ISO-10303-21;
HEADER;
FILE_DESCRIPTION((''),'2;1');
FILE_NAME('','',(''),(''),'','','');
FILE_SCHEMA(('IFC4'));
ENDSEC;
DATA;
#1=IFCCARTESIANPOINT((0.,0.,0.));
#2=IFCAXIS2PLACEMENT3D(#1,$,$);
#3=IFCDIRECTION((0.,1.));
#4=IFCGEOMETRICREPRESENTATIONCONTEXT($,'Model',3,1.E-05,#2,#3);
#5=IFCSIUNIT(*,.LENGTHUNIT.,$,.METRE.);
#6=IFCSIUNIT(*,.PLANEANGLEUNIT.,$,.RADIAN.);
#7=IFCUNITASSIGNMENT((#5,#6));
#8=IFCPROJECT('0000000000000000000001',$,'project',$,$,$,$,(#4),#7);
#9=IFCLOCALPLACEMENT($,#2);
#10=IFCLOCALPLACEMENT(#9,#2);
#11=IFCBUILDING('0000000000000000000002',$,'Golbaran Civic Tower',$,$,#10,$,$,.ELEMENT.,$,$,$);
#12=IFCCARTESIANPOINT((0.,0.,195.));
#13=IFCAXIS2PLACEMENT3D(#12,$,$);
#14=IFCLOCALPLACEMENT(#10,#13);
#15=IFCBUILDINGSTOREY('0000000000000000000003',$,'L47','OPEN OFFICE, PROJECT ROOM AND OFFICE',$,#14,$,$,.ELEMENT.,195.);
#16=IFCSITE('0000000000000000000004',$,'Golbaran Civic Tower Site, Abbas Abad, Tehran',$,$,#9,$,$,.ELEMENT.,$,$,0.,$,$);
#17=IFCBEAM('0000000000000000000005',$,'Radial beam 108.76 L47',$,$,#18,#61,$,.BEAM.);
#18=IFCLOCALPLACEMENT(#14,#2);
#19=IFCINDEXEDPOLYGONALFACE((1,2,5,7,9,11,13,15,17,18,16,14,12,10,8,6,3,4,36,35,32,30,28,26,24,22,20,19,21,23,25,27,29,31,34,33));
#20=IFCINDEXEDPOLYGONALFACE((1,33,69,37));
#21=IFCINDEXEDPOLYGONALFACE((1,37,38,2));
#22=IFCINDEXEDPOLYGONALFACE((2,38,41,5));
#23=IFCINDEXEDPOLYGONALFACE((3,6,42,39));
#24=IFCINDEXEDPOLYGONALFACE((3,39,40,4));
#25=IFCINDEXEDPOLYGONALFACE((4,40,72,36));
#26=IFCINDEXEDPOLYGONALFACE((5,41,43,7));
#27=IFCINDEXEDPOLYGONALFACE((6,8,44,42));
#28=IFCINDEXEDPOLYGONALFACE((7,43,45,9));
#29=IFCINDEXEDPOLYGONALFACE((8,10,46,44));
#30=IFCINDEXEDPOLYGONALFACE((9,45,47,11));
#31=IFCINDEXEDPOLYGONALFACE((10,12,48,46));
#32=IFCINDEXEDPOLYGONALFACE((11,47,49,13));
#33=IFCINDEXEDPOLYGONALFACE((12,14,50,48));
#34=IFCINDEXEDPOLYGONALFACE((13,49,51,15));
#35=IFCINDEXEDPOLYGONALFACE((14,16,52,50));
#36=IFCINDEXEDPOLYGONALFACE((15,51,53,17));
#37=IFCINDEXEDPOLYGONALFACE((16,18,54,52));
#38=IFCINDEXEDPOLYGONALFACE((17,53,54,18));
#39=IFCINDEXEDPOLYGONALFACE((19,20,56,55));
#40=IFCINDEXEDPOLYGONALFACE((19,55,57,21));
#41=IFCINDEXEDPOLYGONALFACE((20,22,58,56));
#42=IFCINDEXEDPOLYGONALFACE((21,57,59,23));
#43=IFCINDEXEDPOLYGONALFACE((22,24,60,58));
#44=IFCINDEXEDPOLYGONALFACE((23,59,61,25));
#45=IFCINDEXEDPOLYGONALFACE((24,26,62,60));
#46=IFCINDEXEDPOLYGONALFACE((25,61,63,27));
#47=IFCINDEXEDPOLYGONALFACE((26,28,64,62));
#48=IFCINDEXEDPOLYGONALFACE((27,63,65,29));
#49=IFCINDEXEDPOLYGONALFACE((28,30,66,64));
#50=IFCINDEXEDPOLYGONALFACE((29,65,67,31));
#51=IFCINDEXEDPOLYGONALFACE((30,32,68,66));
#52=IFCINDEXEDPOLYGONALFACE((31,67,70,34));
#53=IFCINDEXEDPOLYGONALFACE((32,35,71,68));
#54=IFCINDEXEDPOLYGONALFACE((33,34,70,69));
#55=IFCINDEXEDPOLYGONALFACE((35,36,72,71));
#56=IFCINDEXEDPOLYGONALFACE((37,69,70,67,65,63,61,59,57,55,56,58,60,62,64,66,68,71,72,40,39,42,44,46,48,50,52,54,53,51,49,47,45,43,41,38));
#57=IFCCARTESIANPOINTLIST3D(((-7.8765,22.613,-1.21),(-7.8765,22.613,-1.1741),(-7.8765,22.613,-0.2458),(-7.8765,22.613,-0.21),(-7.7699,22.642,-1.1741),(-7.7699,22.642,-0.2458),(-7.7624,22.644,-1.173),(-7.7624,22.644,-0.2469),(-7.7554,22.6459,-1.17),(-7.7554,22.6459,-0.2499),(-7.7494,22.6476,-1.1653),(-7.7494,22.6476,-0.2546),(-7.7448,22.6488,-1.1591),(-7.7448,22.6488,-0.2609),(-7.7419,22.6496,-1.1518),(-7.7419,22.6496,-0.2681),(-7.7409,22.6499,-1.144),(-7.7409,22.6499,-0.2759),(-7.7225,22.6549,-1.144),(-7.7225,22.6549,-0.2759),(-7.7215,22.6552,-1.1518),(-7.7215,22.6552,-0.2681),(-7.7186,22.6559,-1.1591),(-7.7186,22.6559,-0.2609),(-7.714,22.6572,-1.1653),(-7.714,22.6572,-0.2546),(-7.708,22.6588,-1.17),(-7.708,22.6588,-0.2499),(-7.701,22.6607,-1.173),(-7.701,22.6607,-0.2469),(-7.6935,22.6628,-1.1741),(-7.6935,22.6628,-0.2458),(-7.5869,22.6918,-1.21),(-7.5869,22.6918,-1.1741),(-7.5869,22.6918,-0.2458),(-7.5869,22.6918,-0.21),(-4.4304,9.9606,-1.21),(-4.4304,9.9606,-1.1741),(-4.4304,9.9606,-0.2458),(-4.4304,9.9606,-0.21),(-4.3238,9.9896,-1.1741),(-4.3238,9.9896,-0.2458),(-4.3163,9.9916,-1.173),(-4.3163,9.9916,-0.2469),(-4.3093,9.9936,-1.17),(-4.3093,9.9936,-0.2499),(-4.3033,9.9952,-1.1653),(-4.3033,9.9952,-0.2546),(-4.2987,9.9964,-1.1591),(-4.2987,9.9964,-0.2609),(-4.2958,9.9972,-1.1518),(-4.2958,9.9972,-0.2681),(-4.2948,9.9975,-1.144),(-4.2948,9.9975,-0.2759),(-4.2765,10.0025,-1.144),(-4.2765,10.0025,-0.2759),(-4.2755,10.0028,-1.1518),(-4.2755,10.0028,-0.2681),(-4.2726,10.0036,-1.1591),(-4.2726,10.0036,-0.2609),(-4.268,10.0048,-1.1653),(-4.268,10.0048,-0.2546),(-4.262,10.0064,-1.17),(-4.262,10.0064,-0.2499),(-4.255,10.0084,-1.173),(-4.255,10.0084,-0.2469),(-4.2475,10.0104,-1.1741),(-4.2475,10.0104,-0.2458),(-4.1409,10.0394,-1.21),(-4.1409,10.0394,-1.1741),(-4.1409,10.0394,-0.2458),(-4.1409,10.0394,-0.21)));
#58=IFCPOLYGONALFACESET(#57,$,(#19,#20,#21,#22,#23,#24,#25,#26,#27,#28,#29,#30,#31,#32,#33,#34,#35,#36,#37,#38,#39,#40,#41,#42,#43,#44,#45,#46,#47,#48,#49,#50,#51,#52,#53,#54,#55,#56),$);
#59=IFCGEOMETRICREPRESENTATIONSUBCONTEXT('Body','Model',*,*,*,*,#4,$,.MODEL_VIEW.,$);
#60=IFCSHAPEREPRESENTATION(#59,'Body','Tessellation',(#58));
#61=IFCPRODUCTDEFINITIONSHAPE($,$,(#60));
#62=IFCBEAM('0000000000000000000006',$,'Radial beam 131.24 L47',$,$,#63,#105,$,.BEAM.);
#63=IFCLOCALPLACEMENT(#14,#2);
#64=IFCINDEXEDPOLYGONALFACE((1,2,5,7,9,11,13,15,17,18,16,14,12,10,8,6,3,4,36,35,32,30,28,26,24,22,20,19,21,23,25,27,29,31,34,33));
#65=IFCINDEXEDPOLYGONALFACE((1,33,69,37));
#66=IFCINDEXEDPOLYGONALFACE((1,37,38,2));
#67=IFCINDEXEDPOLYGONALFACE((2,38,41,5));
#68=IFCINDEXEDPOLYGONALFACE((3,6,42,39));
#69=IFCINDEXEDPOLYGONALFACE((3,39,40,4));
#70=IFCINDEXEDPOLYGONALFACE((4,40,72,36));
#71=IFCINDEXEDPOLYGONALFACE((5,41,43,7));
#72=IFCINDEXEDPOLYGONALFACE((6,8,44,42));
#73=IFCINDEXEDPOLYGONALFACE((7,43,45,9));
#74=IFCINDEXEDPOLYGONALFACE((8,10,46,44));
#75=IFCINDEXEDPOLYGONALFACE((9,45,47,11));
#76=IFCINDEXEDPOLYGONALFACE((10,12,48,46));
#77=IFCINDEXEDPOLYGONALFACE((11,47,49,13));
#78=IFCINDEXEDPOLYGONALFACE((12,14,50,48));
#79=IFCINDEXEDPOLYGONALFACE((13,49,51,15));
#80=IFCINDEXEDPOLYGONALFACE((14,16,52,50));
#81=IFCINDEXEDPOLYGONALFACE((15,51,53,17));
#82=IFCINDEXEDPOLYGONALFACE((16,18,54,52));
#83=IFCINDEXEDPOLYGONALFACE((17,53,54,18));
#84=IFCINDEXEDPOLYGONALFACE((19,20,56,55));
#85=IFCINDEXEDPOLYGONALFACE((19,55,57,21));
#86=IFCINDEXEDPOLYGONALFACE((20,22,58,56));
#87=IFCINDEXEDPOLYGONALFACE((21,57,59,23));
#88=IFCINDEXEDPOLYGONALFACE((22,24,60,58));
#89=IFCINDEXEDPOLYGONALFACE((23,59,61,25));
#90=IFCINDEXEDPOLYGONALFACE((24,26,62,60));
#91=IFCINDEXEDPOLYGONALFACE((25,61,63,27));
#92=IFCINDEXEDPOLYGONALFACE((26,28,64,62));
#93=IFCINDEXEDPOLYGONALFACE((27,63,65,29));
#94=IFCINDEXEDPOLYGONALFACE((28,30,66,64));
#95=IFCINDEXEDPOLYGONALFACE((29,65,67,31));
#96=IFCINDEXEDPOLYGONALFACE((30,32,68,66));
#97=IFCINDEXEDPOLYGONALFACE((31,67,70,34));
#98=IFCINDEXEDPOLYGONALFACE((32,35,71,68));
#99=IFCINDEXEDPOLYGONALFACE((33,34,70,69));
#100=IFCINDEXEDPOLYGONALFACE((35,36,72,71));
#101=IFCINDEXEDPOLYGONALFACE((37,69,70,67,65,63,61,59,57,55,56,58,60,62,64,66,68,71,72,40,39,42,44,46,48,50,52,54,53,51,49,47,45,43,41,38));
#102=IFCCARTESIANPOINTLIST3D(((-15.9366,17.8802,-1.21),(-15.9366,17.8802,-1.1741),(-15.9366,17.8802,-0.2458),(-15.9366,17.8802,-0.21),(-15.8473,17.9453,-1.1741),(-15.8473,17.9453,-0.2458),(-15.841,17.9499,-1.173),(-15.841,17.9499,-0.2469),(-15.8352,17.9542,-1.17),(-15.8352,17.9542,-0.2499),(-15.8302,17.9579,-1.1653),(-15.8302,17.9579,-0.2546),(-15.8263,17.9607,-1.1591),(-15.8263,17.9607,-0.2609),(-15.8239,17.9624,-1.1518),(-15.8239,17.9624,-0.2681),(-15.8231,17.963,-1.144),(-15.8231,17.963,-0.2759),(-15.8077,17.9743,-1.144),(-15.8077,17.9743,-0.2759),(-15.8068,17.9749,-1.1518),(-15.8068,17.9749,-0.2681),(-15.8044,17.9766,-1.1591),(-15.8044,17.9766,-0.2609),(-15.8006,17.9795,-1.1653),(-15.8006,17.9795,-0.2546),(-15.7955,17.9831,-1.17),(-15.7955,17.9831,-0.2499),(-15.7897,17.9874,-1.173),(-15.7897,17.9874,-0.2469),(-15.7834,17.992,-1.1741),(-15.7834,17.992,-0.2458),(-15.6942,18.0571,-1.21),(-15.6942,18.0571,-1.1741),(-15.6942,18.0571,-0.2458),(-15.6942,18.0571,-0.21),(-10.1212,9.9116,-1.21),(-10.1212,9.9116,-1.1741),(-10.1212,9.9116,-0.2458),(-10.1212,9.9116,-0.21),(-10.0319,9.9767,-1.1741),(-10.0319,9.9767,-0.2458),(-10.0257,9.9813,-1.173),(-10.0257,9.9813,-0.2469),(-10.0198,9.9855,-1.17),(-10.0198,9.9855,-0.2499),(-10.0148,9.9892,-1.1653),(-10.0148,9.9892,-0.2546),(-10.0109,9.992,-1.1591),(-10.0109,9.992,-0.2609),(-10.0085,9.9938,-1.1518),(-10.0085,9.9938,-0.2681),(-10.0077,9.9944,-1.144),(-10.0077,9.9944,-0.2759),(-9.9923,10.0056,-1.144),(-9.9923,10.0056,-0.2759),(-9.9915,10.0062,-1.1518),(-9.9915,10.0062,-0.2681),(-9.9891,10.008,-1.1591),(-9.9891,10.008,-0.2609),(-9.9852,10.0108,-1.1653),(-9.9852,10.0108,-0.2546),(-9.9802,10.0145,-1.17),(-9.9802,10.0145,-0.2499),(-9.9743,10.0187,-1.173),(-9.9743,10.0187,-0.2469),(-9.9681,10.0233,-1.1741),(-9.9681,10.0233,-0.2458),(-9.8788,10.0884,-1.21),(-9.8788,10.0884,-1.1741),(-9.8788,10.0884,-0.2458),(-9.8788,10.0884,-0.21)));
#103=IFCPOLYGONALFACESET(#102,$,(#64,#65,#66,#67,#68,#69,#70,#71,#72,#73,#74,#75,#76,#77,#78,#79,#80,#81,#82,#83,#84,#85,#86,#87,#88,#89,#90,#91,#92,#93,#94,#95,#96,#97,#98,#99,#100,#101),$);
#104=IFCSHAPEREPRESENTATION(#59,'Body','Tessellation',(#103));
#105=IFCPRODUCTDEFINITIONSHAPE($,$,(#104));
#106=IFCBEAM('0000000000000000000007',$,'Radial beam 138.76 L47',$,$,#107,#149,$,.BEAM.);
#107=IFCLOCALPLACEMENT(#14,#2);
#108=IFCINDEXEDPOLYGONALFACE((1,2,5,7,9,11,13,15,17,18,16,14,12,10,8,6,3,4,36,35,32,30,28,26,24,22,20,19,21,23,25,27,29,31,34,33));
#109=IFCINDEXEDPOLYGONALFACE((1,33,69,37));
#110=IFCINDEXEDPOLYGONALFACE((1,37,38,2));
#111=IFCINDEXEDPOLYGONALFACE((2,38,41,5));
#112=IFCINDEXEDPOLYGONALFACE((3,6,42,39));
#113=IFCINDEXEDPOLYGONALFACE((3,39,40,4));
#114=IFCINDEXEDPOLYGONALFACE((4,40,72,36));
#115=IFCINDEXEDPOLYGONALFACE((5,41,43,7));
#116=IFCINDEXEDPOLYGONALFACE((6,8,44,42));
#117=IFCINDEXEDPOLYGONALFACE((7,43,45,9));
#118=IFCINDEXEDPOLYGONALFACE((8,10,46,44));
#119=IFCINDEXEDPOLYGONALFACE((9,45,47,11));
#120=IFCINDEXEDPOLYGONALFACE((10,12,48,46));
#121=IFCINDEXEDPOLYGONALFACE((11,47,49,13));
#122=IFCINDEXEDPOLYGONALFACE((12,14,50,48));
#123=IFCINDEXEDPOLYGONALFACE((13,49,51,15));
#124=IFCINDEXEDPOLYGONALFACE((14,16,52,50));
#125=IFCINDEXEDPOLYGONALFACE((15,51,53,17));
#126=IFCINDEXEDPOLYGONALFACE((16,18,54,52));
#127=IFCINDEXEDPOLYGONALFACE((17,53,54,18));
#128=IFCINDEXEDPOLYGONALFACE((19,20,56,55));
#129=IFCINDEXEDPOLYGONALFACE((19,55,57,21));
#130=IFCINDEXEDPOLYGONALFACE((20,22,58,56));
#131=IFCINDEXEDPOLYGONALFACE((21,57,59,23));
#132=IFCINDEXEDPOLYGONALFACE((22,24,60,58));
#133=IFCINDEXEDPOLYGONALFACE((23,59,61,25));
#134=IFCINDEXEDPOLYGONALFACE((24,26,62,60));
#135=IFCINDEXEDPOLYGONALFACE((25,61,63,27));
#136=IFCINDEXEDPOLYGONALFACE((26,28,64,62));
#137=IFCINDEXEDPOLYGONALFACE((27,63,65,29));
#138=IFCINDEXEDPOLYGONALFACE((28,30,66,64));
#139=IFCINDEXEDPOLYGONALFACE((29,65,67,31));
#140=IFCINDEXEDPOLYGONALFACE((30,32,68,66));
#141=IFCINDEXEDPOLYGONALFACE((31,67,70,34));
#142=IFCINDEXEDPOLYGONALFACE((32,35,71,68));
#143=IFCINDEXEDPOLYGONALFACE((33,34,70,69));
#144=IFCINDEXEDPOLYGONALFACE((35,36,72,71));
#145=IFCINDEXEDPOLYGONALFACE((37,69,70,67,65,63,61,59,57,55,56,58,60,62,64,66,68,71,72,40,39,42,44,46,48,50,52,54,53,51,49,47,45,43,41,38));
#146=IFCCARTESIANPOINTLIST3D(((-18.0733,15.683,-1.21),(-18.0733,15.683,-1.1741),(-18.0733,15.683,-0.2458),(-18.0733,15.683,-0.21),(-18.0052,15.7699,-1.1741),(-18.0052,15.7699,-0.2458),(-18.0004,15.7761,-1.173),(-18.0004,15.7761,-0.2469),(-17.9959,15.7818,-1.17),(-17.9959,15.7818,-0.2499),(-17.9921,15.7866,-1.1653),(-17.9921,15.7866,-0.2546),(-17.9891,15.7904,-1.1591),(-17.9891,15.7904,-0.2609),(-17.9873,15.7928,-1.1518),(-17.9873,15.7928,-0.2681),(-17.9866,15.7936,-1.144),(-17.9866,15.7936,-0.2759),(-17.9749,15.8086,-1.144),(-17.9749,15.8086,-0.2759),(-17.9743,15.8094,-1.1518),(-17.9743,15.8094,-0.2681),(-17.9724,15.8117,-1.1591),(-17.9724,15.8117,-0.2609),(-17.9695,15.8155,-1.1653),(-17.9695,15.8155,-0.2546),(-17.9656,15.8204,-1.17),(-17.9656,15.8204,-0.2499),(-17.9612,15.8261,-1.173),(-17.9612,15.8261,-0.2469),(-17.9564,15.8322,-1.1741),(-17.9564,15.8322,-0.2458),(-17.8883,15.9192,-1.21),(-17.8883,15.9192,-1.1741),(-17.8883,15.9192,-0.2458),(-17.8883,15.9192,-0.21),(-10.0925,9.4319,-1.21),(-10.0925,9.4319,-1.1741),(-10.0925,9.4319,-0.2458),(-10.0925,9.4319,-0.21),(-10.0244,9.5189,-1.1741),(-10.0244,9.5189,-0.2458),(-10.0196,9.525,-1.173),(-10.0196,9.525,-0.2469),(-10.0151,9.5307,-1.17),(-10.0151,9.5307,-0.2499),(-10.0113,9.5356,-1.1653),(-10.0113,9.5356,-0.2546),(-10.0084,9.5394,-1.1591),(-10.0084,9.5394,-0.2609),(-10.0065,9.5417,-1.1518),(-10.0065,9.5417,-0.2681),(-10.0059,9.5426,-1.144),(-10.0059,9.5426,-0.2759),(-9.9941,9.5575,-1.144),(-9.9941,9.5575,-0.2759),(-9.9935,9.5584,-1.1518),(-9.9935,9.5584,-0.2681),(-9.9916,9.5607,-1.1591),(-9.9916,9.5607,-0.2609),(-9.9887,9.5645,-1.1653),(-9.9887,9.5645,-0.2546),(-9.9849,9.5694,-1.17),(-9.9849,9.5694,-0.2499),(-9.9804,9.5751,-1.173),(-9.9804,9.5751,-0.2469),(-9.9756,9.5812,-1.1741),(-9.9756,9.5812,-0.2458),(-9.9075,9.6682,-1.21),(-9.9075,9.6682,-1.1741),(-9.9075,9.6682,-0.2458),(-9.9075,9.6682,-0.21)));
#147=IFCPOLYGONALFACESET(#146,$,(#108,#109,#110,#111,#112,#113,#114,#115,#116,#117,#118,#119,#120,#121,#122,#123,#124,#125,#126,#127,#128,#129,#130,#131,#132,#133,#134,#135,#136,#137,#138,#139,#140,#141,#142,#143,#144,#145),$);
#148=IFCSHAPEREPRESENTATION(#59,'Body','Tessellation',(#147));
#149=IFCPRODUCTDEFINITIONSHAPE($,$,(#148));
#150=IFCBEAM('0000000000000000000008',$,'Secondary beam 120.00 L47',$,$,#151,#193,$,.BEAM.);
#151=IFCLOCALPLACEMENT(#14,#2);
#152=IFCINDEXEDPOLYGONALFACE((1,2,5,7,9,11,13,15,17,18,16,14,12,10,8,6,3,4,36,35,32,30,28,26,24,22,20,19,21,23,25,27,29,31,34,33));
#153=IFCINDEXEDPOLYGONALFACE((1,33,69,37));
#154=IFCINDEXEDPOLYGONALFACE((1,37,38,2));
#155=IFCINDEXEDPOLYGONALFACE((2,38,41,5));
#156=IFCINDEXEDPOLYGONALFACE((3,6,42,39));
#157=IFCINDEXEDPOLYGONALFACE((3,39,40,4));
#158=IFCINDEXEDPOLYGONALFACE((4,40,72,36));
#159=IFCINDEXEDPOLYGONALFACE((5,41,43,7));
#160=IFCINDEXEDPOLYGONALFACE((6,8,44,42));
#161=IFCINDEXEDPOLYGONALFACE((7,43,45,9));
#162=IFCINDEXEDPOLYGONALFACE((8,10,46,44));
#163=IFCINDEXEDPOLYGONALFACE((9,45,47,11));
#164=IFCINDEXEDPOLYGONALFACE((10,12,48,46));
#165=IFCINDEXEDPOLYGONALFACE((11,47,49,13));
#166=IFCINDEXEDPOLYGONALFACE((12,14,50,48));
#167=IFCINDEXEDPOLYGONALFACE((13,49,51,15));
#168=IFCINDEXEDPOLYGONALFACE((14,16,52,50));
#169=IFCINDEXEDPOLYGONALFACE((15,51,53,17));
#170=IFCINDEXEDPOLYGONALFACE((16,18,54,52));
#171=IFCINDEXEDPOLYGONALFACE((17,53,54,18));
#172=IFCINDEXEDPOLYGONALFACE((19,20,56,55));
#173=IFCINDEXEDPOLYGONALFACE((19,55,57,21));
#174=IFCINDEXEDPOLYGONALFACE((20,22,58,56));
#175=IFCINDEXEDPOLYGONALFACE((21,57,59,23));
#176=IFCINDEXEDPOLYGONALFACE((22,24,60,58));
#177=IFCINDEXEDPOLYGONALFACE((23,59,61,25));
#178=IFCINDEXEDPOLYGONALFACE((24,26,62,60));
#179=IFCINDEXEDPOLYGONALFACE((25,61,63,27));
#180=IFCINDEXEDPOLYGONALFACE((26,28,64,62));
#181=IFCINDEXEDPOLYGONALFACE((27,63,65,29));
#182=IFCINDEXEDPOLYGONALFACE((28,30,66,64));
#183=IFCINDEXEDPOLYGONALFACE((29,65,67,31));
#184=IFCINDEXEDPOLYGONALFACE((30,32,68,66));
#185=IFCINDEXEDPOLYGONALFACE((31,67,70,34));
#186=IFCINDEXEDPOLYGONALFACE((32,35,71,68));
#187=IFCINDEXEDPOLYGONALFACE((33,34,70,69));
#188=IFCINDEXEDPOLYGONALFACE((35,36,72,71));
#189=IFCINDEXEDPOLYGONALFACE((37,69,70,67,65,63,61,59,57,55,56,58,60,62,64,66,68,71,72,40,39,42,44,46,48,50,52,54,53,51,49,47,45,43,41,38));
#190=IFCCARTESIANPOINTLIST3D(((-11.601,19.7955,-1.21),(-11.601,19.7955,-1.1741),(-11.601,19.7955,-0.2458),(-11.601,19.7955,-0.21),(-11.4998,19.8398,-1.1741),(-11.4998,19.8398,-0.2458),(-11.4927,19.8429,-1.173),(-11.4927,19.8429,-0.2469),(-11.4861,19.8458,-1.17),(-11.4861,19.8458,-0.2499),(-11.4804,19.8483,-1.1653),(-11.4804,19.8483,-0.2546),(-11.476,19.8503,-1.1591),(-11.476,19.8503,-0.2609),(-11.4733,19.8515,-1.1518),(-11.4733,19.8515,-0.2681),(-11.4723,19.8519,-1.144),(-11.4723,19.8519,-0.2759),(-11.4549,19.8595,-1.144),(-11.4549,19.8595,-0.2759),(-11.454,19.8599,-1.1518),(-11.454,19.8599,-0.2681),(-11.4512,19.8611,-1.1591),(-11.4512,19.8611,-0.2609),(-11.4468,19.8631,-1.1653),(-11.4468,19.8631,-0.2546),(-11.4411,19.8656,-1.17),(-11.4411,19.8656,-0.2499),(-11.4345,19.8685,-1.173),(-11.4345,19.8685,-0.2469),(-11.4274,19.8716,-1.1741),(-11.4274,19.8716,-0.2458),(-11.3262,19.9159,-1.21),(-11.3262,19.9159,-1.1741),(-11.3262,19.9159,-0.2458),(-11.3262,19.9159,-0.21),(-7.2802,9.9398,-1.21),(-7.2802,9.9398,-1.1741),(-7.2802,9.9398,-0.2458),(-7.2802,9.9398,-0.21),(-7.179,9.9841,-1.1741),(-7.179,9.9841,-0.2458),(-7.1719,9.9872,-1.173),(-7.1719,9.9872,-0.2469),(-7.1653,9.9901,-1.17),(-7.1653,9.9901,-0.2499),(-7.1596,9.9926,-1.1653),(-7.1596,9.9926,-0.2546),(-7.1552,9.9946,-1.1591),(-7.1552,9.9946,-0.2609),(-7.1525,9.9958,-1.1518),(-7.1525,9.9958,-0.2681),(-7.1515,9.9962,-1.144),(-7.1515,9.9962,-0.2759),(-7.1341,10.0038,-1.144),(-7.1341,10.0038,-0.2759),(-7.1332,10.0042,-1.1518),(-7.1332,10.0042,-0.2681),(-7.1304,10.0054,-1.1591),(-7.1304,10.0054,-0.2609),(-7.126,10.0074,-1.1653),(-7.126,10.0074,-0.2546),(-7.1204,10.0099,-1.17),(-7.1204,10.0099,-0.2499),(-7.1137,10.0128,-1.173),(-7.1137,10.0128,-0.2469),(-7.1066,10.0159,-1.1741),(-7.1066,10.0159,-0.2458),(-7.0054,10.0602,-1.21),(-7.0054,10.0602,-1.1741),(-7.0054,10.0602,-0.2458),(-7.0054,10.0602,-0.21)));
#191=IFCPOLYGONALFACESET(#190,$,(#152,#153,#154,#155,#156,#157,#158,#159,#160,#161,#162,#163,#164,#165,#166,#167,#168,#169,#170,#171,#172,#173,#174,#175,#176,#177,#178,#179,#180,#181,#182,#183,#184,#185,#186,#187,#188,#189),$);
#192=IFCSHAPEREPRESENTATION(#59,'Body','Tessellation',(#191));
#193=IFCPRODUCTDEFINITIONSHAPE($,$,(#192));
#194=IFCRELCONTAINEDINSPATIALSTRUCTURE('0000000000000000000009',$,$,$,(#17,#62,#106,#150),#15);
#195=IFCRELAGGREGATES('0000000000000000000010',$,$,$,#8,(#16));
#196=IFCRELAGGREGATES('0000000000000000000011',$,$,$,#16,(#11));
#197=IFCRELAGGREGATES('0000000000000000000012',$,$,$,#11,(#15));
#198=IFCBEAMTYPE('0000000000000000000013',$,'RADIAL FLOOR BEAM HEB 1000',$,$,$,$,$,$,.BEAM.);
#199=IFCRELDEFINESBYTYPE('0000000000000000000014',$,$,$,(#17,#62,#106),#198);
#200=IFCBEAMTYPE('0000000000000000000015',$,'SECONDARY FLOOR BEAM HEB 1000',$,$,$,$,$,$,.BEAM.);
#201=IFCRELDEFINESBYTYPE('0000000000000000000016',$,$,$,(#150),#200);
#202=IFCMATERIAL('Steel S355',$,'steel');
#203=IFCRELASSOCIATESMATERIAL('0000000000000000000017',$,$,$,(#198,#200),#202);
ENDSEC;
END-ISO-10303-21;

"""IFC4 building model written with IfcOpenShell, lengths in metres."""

from ifc_helpers import new_model, si_unit, direction, frame, origin, origin_2d, place, context, subcontext, project, spatial, i_section, extrude, material, material_profile, profile_set, type_object, element, save


model = new_model("IFC4")

# Units and contexts
model_context = context("Model", 3, precision=1e-05, world=origin(), true_north=direction((0.0, 1.0)))
body_context = subcontext(model_context, "Body", "Model", "MODEL_VIEW")
ifc_project = project(units=[si_unit("LENGTHUNIT", "METRE"), si_unit("PLANEANGLEUNIT", "RADIAN")], contexts=[model_context])

# Site, building, storey
site_placement = place(None, origin())
site = spatial("IfcSite", under=ifc_project, at=site_placement, Name="Golbaran Civic Tower Site, Abbas Abad, Tehran", CompositionType="ELEMENT", RefElevation=0.0)
building_placement = place(site_placement, origin())
building = spatial("IfcBuilding", under=site, at=building_placement, Name="Golbaran Civic Tower", CompositionType="ELEMENT")
storey_placement = place(building_placement, frame((0.0, 0.0, 195.0)))
storey = spatial("IfcBuildingStorey", under=building, at=storey_placement, Name="L47", Description="OPEN OFFICE, PROJECT ROOM AND OFFICE", CompositionType="ELEMENT", Elevation=195.0)

# Beams
ifc_material_1 = material(Name="Steel S355", Category="steel")
ifc_material_profile_1 = material_profile(ifc_material_1, i_section(OverallWidth=0.3, OverallDepth=1.0, WebThickness=0.019, FlangeThickness=0.0359, FilletRadius=0.03, at=origin_2d()), Name="HEB 1000")
ifc_profile_set_1 = profile_set([ifc_material_profile_1], Name="Steel S355")
beam_type_1 = type_object("IfcBeamType", Name="RADIAL FLOOR BEAM HEB 1000", PredefinedType="BEAM", material=ifc_profile_set_1)
beam_1_placement = place(storey_placement, frame((-4.2856, 10.0, -0.71), z_axis=(-0.262791, 0.964853, 0.0), x_axis=(-0.964853, -0.262791, 0.0)))
element("IfcBeam", 1, at=beam_1_placement, inside=storey, type_object=beam_type_1, Name="Radial beam 108.76 L47", PredefinedType="BEAM", context=body_context, shape_type="SweptSolid", body=[
    extrude(i_section(OverallWidth=0.3, OverallDepth=1.0, WebThickness=0.019, FlangeThickness=0.0359, FilletRadius=0.03, at=origin_2d()), origin(), (0.0, 0.0, 1.0), 13.1133),
])
beam_2_placement = place(storey_placement, frame((-10.0, 10.0, -0.71), z_axis=(-0.589495, 0.807772, 0.0), x_axis=(-0.807772, -0.589495, 0.0)))
element("IfcBeam", 2, at=beam_2_placement, inside=storey, type_object=beam_type_1, Name="Radial beam 131.24 L47", PredefinedType="BEAM", context=body_context, shape_type="SweptSolid", body=[
    extrude(i_section(OverallWidth=0.3, OverallDepth=1.0, WebThickness=0.019, FlangeThickness=0.0359, FilletRadius=0.03, at=origin_2d()), origin(), (0.0, 0.0, 1.0), 9.865),
])
beam_3_placement = place(storey_placement, frame((-10.0, 9.55, -0.71), z_axis=(-0.787256, 0.616626, 0.0), x_axis=(-0.616626, -0.787256, 0.0)))
element("IfcBeam", 3, at=beam_3_placement, inside=storey, type_object=beam_type_1, Name="Radial beam 138.76 L47", PredefinedType="BEAM", context=body_context, shape_type="SweptSolid", body=[
    extrude(i_section(OverallWidth=0.3, OverallDepth=1.0, WebThickness=0.019, FlangeThickness=0.0359, FilletRadius=0.03, at=origin_2d()), origin(), (0.0, 0.0, 1.0), 10.1375),
])
ifc_material_profile_2 = material_profile(ifc_material_1, i_section(OverallWidth=0.3, OverallDepth=1.0, WebThickness=0.019, FlangeThickness=0.0359, FilletRadius=0.03, at=origin_2d()), Name="HEB 1000")
ifc_profile_set_2 = profile_set([ifc_material_profile_2], Name="Steel S355")
beam_type_2 = type_object("IfcBeamType", Name="SECONDARY FLOOR BEAM HEB 1000", PredefinedType="BEAM", material=ifc_profile_set_2)
beam_4_placement = place(storey_placement, frame((-7.1428, 10.0, -0.71), z_axis=(-0.401515, 0.915852, 0.0), x_axis=(-0.915852, -0.401515, 0.0)))
element("IfcBeam", 4, at=beam_4_placement, inside=storey, type_object=beam_type_2, Name="Secondary beam 120.00 L47", PredefinedType="BEAM", context=body_context, shape_type="SweptSolid", body=[
    extrude(i_section(OverallWidth=0.3, OverallDepth=1.0, WebThickness=0.019, FlangeThickness=0.0359, FilletRadius=0.03, at=origin_2d()), origin(), (0.0, 0.0, 1.0), 10.7612),
])

save(model, "model.ifc")
